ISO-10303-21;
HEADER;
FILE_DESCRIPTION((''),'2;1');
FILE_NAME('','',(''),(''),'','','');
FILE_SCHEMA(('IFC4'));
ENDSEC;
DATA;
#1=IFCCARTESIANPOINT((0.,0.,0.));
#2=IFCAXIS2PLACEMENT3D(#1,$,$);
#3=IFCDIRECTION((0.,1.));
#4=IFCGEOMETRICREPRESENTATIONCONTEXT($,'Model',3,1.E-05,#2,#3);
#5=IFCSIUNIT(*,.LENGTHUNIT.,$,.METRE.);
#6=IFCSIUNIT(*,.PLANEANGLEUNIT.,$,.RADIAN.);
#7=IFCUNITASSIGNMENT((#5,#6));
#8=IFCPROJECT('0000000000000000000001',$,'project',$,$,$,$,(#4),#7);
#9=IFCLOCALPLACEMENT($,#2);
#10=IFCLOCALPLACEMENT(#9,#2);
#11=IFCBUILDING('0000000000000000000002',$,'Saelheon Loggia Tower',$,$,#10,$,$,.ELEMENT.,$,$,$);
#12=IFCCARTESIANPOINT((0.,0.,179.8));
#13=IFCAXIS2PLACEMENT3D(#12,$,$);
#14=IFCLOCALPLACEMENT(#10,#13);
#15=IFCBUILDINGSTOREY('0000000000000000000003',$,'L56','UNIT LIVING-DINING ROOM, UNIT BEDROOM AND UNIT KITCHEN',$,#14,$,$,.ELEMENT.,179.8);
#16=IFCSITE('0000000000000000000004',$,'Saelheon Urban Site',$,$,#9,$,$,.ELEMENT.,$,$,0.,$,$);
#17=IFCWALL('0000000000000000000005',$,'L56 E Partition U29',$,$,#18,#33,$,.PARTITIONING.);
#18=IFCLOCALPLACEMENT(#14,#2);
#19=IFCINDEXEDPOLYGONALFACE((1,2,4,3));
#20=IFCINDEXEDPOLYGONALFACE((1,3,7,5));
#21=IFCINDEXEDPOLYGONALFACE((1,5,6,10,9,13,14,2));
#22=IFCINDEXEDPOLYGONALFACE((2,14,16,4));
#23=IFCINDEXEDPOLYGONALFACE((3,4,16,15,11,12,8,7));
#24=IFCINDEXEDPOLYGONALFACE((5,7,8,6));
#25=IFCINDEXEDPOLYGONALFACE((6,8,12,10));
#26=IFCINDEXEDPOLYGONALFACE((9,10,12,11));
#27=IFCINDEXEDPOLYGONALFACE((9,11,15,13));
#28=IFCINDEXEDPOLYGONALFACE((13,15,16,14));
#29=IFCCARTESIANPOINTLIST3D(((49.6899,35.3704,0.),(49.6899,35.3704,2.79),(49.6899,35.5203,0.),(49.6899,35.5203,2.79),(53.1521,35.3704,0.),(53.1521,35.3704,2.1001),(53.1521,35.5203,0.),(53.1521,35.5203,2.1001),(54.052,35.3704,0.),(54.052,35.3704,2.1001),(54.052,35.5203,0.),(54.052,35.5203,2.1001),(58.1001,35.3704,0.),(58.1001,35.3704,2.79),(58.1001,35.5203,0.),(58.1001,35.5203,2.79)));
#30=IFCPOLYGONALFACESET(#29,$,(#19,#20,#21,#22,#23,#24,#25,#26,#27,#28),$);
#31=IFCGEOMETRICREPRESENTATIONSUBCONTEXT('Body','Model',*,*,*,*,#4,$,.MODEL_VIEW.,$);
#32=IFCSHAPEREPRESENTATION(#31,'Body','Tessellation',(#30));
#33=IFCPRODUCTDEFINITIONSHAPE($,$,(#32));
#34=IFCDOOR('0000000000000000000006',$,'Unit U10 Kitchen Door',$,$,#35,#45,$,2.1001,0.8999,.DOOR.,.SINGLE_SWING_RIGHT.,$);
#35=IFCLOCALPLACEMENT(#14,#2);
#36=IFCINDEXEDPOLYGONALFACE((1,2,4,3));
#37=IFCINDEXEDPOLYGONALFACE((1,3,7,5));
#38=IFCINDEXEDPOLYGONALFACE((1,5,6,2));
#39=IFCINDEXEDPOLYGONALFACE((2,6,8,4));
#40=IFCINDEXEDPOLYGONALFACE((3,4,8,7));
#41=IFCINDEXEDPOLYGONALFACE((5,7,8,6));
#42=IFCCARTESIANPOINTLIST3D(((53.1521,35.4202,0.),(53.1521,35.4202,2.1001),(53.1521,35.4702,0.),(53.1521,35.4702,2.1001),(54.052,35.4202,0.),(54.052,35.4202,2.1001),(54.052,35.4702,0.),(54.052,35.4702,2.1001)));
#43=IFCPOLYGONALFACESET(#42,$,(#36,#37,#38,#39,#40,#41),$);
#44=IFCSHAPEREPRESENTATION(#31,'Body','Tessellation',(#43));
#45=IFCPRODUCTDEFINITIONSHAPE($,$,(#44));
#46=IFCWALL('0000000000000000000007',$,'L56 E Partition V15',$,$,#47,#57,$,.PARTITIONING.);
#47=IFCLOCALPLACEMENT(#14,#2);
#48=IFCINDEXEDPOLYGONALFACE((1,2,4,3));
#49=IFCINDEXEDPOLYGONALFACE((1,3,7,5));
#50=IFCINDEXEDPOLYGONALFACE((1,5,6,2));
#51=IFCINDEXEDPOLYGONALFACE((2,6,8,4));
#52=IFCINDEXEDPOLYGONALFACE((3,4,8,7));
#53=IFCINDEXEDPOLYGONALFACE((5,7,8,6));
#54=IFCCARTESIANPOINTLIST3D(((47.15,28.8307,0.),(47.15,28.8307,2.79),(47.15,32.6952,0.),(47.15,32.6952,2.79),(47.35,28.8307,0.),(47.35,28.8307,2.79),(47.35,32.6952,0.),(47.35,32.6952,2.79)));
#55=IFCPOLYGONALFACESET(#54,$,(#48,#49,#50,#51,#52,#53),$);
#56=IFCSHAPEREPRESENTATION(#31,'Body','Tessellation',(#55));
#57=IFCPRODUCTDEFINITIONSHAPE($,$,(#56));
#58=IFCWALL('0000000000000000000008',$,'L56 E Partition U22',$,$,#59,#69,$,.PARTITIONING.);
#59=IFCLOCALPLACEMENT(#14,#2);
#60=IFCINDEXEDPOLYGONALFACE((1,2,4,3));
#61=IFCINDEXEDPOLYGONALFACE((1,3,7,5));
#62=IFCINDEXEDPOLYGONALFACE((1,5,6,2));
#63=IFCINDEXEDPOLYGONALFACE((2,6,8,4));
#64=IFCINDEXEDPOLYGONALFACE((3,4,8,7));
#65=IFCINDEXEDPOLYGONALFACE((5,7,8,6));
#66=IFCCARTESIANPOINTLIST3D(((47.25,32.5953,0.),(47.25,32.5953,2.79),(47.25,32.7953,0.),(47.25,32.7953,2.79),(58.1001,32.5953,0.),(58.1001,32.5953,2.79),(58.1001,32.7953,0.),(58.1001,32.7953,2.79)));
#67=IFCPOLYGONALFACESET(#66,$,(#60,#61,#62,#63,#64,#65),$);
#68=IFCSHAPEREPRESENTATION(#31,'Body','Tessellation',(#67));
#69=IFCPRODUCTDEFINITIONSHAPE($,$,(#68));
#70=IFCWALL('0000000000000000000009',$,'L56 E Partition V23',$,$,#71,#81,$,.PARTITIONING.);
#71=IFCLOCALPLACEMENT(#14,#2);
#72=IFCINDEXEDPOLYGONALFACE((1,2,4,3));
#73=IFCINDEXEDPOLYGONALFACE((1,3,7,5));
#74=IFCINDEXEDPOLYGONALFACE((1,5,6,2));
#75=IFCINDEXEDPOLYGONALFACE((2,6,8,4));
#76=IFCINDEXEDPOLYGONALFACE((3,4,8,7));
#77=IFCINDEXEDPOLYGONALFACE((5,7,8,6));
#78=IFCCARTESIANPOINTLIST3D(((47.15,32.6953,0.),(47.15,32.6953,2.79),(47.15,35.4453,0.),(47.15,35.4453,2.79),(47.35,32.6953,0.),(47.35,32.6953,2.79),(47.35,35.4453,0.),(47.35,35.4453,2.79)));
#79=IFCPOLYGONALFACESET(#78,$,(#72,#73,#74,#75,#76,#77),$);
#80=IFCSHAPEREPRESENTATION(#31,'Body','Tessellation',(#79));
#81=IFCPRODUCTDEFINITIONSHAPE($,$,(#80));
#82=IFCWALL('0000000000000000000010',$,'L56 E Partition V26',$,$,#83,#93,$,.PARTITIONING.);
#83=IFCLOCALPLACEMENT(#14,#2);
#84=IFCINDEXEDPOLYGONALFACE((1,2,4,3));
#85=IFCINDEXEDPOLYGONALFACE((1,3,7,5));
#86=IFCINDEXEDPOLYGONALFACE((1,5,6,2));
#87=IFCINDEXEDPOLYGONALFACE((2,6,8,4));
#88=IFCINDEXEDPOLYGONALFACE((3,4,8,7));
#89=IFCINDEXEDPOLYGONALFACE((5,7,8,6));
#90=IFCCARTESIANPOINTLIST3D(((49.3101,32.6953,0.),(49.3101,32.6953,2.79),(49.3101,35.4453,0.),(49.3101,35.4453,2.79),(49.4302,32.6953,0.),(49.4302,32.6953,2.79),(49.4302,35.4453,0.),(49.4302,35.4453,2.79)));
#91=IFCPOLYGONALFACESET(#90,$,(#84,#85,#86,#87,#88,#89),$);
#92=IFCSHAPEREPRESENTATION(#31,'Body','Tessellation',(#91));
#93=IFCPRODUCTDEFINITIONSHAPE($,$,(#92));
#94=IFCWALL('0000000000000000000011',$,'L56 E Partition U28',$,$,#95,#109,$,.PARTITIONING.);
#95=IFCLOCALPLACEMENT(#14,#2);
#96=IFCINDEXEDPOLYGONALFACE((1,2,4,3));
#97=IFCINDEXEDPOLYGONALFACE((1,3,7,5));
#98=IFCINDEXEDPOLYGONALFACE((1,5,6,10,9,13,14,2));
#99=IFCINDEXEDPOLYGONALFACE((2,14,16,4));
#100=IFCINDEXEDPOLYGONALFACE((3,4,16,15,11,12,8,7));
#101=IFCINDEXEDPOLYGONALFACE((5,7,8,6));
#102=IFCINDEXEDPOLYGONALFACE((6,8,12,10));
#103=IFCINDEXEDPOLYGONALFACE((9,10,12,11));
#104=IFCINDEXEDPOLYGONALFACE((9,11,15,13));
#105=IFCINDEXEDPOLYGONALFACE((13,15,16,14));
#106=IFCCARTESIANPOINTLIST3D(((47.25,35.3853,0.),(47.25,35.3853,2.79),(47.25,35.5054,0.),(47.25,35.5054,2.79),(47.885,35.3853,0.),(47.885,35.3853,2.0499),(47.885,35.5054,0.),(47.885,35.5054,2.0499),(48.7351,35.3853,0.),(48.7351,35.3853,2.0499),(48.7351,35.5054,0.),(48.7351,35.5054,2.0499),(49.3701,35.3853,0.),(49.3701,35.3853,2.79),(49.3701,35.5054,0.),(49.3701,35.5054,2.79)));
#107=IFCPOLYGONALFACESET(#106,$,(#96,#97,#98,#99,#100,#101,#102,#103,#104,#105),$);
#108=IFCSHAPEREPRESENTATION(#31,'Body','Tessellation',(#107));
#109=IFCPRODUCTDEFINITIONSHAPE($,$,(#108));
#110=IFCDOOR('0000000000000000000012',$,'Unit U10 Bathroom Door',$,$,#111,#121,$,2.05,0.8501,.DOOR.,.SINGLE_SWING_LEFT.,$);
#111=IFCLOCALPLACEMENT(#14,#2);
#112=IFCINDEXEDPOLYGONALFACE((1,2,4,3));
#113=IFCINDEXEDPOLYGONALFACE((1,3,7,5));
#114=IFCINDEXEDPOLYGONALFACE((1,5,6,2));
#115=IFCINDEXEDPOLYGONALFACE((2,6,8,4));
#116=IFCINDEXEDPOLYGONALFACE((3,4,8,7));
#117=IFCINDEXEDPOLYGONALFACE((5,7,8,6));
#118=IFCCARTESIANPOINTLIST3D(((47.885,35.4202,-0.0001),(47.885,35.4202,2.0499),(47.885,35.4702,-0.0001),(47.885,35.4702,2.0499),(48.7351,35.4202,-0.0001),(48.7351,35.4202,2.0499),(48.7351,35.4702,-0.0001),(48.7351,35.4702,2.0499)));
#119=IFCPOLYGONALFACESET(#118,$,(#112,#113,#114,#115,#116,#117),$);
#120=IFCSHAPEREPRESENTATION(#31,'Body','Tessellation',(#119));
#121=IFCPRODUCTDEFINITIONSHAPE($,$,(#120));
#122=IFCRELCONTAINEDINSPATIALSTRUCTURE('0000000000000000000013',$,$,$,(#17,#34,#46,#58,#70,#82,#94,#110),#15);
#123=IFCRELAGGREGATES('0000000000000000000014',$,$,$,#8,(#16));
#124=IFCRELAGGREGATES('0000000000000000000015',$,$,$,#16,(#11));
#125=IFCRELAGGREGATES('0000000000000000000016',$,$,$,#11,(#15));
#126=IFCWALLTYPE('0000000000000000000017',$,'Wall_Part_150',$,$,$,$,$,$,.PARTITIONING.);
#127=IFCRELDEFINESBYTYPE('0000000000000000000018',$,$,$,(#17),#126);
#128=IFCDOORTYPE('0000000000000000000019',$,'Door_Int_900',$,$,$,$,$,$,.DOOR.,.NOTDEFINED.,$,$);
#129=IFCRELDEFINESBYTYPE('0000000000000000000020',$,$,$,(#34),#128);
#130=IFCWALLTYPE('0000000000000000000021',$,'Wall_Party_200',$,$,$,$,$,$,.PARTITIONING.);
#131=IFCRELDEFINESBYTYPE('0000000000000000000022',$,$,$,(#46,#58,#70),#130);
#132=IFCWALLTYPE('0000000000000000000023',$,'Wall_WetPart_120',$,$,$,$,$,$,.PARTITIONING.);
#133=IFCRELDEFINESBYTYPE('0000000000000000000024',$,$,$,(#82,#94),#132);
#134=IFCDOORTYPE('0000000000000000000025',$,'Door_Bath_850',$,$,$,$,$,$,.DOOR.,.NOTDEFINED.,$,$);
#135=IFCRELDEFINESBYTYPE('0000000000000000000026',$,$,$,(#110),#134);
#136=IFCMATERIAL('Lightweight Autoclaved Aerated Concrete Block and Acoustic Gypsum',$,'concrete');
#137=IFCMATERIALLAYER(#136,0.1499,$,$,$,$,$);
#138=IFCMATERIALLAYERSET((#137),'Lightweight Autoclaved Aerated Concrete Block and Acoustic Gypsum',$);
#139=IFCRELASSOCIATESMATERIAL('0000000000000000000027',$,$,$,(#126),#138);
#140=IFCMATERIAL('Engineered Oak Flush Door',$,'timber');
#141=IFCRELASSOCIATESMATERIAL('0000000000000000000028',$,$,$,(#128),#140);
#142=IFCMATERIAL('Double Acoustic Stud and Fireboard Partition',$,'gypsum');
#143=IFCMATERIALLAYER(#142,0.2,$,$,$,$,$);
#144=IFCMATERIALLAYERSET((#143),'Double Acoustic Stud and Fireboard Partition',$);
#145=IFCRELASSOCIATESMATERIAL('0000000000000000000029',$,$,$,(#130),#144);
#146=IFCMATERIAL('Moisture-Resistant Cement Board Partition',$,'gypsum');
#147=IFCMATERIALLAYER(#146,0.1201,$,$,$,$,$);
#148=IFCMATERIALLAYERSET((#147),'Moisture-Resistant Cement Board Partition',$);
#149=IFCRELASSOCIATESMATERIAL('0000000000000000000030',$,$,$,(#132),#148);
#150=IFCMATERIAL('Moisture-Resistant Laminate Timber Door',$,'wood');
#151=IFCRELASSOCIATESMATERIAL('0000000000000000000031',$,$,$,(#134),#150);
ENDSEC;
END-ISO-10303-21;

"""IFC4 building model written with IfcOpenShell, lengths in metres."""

from ifc_helpers import new_model, si_unit, direction, frame, frame_2d, origin, place, context, subcontext, project, spatial, rectangle, extrude, source, transform, mapped, material, layer, layer_set, type_object, element, fill, save


model = new_model("IFC4")

# Units and contexts
model_context = context("Model", 3, precision=1e-05, world=origin(), true_north=direction((0.0, 1.0)))
body_context = subcontext(model_context, "Body", "Model", "MODEL_VIEW")
ifc_project = project(units=[si_unit("LENGTHUNIT", "METRE"), si_unit("PLANEANGLEUNIT", "RADIAN")], contexts=[model_context])

# Site, building, storey
site_placement = place(None, origin())
site = spatial("IfcSite", under=ifc_project, at=site_placement, Name="Saelheon Urban Site", CompositionType="ELEMENT", RefElevation=0.0)
building_placement = place(site_placement, origin())
building = spatial("IfcBuilding", under=site, at=building_placement, Name="Saelheon Loggia Tower", CompositionType="ELEMENT")
storey_placement = place(building_placement, frame((0.0, 0.0, 179.8)))
storey = spatial("IfcBuildingStorey", under=building, at=storey_placement, Name="L56", Description="UNIT LIVING-DINING ROOM, UNIT BEDROOM AND UNIT KITCHEN", CompositionType="ELEMENT", Elevation=179.8)

# Shared definitions
ifc_material_1 = material(Name="Lightweight Autoclaved Aerated Concrete Block and Acoustic Gypsum", Category="concrete")
ifc_layer_1 = layer(ifc_material_1, 0.1499)
ifc_layer_set_1 = layer_set([ifc_layer_1], Name="Lightweight Autoclaved Aerated Concrete Block and Acoustic Gypsum")
wall_type_1 = type_object("IfcWallType", Name="Wall_Part_150", PredefinedType="PARTITIONING", material=ifc_layer_set_1)

# Wall, opening, door
ifc_material_2 = material(Name="Engineered Oak Flush Door", Category="timber")
door_type_1 = type_object("IfcDoorType", Name="Door_Int_900", OperationType="NOTDEFINED", PredefinedType="DOOR", material=ifc_material_2)
shared_shape_1 = source(origin(), body_context, "Body", "SweptSolid", [
    extrude(rectangle(XDim=0.8999, YDim=2.1001, at=frame_2d((0.45, 1.05))), frame((0.0, 0.0249, 0.0), z_axis=(0.0, -1.0, 0.0), x_axis=(1.0, 0.0, 0.0)), (0.0, 0.0, 1.0), 0.05),
])
wall_1_placement = place(storey_placement, frame((49.6899, 35.4453, 0.0), z_axis=(0.0, 0.0, 1.0), x_axis=(1.0, 0.0, 0.0)))
wall_1 = element("IfcWall", 1, at=wall_1_placement, inside=storey, type_object=wall_type_1, Name="L56 E Partition U29", PredefinedType="PARTITIONING", context=body_context, shape_type="SweptSolid", body=[
    extrude(rectangle(XDim=8.4102, YDim=0.1499, at=frame_2d((4.2051, 0.0))), origin(), (0.0, 0.0, 1.0), 2.79),
])
opening_1_placement = place(wall_1_placement, frame((3.4622, 0.0, 0.0)))
opening_1 = element("IfcOpeningElement", 2, at=opening_1_placement, cuts=wall_1, PredefinedType="OPENING", context=body_context, shape_type="SweptSolid", body=[
    extrude(rectangle(XDim=0.8999, YDim=2.1001, at=frame_2d((0.45, 1.05))), frame((0.0, 0.0869, 0.0), z_axis=(0.0, -1.0, 0.0), x_axis=(1.0, 0.0, 0.0)), (0.0, 0.0, 1.0), 0.1738),
])
door_1_placement = place(opening_1_placement, origin())
door_1 = element("IfcDoor", 3, at=door_1_placement, inside=storey, type_object=door_type_1, Name="Unit U10 Kitchen Door", OperationType="SINGLE_SWING_RIGHT", OverallHeight=2.1001, OverallWidth=0.8999, PredefinedType="DOOR", context=body_context, shape_type="MappedRepresentation", body=[
    mapped(shared_shape_1, transform((0.0, 0.0, 0.0), scale=1.0)),
])
fill(opening_1, door_1)

# Walls
ifc_material_3 = material(Name="Double Acoustic Stud and Fireboard Partition", Category="gypsum")
ifc_layer_2 = layer(ifc_material_3, 0.2)
ifc_layer_set_2 = layer_set([ifc_layer_2], Name="Double Acoustic Stud and Fireboard Partition")
wall_type_2 = type_object("IfcWallType", Name="Wall_Party_200", PredefinedType="PARTITIONING", material=ifc_layer_set_2)
wall_2_placement = place(storey_placement, frame((47.25, 28.8308, 0.0), z_axis=(0.0, 0.0, 1.0), x_axis=(0.0, 1.0, 0.0)))
element("IfcWall", 4, at=wall_2_placement, inside=storey, type_object=wall_type_2, Name="L56 E Partition V15", PredefinedType="PARTITIONING", context=body_context, shape_type="SweptSolid", body=[
    extrude(rectangle(XDim=3.8645, YDim=0.2, at=frame_2d((1.9321, 0.0))), origin(), (0.0, 0.0, 1.0), 2.79),
])
wall_3_placement = place(storey_placement, frame((47.25, 32.6953, 0.0), z_axis=(0.0, 0.0, 1.0), x_axis=(1.0, 0.0, 0.0)))
element("IfcWall", 5, at=wall_3_placement, inside=storey, type_object=wall_type_2, Name="L56 E Partition U22", PredefinedType="PARTITIONING", context=body_context, shape_type="SweptSolid", body=[
    extrude(rectangle(XDim=10.8501, YDim=0.2, at=frame_2d((5.425, 0.0))), origin(), (0.0, 0.0, 1.0), 2.79),
])
wall_4_placement = place(storey_placement, frame((47.25, 32.6953, 0.0), z_axis=(0.0, 0.0, 1.0), x_axis=(0.0, 1.0, 0.0)))
element("IfcWall", 6, at=wall_4_placement, inside=storey, type_object=wall_type_2, Name="L56 E Partition V23", PredefinedType="PARTITIONING", context=body_context, shape_type="SweptSolid", body=[
    extrude(rectangle(XDim=2.75, YDim=0.2, at=frame_2d((1.375, 0.0))), origin(), (0.0, 0.0, 1.0), 2.79),
])

# Wall
ifc_material_4 = material(Name="Moisture-Resistant Cement Board Partition", Category="gypsum")
ifc_layer_3 = layer(ifc_material_4, 0.1201)
ifc_layer_set_3 = layer_set([ifc_layer_3], Name="Moisture-Resistant Cement Board Partition")
wall_type_3 = type_object("IfcWallType", Name="Wall_WetPart_120", PredefinedType="PARTITIONING", material=ifc_layer_set_3)
wall_5_placement = place(storey_placement, frame((49.3701, 32.6953, 0.0), z_axis=(0.0, 0.0, 1.0), x_axis=(0.0, 1.0, 0.0)))
element("IfcWall", 7, at=wall_5_placement, inside=storey, type_object=wall_type_3, Name="L56 E Partition V26", PredefinedType="PARTITIONING", context=body_context, shape_type="SweptSolid", body=[
    extrude(rectangle(XDim=2.75, YDim=0.1201, at=frame_2d((1.375, 0.0))), origin(), (0.0, 0.0, 1.0), 2.79),
])

# Wall, opening, door
wall_6_placement = place(storey_placement, frame((47.25, 35.4453, 0.0), z_axis=(0.0, 0.0, 1.0), x_axis=(1.0, 0.0, 0.0)))
wall_6 = element("IfcWall", 8, at=wall_6_placement, inside=storey, type_object=wall_type_3, Name="L56 E Partition U28", PredefinedType="PARTITIONING", context=body_context, shape_type="SweptSolid", body=[
    extrude(rectangle(XDim=2.1201, YDim=0.1201, at=frame_2d((1.0601, 0.0))), origin(), (0.0, 0.0, 1.0), 2.79),
])
opening_2_placement = place(wall_6_placement, frame((0.635, 0.0, 0.0)))
opening_2 = element("IfcOpeningElement", 9, at=opening_2_placement, cuts=wall_6, PredefinedType="OPENING", context=body_context, shape_type="SweptSolid", body=[
    extrude(rectangle(XDim=0.8501, YDim=2.05, at=frame_2d((0.425, 1.0249))), frame((0.0, 0.072, 0.0), z_axis=(0.0, -1.0, 0.0), x_axis=(1.0, 0.0, 0.0)), (0.0, 0.0, 1.0), 0.144),
])
ifc_material_5 = material(Name="Moisture-Resistant Laminate Timber Door", Category="wood")
door_type_2 = type_object("IfcDoorType", Name="Door_Bath_850", OperationType="NOTDEFINED", PredefinedType="DOOR", material=ifc_material_5)
shared_shape_2 = source(origin(), body_context, "Body", "SweptSolid", [
    extrude(rectangle(XDim=0.8501, YDim=2.05, at=frame_2d((0.425, 1.0249))), frame((0.0, 0.0249, 0.0), z_axis=(0.0, -1.0, 0.0), x_axis=(1.0, 0.0, 0.0)), (0.0, 0.0, 1.0), 0.05),
])
door_2_placement = place(opening_2_placement, origin())
door_2 = element("IfcDoor", 10, at=door_2_placement, inside=storey, type_object=door_type_2, Name="Unit U10 Bathroom Door", OperationType="SINGLE_SWING_LEFT", OverallHeight=2.05, OverallWidth=0.8501, PredefinedType="DOOR", context=body_context, shape_type="MappedRepresentation", body=[
    mapped(shared_shape_2, transform((0.0, 0.0, 0.0), scale=1.0)),
])
fill(opening_2, door_2)

save(model, "model.ifc")
